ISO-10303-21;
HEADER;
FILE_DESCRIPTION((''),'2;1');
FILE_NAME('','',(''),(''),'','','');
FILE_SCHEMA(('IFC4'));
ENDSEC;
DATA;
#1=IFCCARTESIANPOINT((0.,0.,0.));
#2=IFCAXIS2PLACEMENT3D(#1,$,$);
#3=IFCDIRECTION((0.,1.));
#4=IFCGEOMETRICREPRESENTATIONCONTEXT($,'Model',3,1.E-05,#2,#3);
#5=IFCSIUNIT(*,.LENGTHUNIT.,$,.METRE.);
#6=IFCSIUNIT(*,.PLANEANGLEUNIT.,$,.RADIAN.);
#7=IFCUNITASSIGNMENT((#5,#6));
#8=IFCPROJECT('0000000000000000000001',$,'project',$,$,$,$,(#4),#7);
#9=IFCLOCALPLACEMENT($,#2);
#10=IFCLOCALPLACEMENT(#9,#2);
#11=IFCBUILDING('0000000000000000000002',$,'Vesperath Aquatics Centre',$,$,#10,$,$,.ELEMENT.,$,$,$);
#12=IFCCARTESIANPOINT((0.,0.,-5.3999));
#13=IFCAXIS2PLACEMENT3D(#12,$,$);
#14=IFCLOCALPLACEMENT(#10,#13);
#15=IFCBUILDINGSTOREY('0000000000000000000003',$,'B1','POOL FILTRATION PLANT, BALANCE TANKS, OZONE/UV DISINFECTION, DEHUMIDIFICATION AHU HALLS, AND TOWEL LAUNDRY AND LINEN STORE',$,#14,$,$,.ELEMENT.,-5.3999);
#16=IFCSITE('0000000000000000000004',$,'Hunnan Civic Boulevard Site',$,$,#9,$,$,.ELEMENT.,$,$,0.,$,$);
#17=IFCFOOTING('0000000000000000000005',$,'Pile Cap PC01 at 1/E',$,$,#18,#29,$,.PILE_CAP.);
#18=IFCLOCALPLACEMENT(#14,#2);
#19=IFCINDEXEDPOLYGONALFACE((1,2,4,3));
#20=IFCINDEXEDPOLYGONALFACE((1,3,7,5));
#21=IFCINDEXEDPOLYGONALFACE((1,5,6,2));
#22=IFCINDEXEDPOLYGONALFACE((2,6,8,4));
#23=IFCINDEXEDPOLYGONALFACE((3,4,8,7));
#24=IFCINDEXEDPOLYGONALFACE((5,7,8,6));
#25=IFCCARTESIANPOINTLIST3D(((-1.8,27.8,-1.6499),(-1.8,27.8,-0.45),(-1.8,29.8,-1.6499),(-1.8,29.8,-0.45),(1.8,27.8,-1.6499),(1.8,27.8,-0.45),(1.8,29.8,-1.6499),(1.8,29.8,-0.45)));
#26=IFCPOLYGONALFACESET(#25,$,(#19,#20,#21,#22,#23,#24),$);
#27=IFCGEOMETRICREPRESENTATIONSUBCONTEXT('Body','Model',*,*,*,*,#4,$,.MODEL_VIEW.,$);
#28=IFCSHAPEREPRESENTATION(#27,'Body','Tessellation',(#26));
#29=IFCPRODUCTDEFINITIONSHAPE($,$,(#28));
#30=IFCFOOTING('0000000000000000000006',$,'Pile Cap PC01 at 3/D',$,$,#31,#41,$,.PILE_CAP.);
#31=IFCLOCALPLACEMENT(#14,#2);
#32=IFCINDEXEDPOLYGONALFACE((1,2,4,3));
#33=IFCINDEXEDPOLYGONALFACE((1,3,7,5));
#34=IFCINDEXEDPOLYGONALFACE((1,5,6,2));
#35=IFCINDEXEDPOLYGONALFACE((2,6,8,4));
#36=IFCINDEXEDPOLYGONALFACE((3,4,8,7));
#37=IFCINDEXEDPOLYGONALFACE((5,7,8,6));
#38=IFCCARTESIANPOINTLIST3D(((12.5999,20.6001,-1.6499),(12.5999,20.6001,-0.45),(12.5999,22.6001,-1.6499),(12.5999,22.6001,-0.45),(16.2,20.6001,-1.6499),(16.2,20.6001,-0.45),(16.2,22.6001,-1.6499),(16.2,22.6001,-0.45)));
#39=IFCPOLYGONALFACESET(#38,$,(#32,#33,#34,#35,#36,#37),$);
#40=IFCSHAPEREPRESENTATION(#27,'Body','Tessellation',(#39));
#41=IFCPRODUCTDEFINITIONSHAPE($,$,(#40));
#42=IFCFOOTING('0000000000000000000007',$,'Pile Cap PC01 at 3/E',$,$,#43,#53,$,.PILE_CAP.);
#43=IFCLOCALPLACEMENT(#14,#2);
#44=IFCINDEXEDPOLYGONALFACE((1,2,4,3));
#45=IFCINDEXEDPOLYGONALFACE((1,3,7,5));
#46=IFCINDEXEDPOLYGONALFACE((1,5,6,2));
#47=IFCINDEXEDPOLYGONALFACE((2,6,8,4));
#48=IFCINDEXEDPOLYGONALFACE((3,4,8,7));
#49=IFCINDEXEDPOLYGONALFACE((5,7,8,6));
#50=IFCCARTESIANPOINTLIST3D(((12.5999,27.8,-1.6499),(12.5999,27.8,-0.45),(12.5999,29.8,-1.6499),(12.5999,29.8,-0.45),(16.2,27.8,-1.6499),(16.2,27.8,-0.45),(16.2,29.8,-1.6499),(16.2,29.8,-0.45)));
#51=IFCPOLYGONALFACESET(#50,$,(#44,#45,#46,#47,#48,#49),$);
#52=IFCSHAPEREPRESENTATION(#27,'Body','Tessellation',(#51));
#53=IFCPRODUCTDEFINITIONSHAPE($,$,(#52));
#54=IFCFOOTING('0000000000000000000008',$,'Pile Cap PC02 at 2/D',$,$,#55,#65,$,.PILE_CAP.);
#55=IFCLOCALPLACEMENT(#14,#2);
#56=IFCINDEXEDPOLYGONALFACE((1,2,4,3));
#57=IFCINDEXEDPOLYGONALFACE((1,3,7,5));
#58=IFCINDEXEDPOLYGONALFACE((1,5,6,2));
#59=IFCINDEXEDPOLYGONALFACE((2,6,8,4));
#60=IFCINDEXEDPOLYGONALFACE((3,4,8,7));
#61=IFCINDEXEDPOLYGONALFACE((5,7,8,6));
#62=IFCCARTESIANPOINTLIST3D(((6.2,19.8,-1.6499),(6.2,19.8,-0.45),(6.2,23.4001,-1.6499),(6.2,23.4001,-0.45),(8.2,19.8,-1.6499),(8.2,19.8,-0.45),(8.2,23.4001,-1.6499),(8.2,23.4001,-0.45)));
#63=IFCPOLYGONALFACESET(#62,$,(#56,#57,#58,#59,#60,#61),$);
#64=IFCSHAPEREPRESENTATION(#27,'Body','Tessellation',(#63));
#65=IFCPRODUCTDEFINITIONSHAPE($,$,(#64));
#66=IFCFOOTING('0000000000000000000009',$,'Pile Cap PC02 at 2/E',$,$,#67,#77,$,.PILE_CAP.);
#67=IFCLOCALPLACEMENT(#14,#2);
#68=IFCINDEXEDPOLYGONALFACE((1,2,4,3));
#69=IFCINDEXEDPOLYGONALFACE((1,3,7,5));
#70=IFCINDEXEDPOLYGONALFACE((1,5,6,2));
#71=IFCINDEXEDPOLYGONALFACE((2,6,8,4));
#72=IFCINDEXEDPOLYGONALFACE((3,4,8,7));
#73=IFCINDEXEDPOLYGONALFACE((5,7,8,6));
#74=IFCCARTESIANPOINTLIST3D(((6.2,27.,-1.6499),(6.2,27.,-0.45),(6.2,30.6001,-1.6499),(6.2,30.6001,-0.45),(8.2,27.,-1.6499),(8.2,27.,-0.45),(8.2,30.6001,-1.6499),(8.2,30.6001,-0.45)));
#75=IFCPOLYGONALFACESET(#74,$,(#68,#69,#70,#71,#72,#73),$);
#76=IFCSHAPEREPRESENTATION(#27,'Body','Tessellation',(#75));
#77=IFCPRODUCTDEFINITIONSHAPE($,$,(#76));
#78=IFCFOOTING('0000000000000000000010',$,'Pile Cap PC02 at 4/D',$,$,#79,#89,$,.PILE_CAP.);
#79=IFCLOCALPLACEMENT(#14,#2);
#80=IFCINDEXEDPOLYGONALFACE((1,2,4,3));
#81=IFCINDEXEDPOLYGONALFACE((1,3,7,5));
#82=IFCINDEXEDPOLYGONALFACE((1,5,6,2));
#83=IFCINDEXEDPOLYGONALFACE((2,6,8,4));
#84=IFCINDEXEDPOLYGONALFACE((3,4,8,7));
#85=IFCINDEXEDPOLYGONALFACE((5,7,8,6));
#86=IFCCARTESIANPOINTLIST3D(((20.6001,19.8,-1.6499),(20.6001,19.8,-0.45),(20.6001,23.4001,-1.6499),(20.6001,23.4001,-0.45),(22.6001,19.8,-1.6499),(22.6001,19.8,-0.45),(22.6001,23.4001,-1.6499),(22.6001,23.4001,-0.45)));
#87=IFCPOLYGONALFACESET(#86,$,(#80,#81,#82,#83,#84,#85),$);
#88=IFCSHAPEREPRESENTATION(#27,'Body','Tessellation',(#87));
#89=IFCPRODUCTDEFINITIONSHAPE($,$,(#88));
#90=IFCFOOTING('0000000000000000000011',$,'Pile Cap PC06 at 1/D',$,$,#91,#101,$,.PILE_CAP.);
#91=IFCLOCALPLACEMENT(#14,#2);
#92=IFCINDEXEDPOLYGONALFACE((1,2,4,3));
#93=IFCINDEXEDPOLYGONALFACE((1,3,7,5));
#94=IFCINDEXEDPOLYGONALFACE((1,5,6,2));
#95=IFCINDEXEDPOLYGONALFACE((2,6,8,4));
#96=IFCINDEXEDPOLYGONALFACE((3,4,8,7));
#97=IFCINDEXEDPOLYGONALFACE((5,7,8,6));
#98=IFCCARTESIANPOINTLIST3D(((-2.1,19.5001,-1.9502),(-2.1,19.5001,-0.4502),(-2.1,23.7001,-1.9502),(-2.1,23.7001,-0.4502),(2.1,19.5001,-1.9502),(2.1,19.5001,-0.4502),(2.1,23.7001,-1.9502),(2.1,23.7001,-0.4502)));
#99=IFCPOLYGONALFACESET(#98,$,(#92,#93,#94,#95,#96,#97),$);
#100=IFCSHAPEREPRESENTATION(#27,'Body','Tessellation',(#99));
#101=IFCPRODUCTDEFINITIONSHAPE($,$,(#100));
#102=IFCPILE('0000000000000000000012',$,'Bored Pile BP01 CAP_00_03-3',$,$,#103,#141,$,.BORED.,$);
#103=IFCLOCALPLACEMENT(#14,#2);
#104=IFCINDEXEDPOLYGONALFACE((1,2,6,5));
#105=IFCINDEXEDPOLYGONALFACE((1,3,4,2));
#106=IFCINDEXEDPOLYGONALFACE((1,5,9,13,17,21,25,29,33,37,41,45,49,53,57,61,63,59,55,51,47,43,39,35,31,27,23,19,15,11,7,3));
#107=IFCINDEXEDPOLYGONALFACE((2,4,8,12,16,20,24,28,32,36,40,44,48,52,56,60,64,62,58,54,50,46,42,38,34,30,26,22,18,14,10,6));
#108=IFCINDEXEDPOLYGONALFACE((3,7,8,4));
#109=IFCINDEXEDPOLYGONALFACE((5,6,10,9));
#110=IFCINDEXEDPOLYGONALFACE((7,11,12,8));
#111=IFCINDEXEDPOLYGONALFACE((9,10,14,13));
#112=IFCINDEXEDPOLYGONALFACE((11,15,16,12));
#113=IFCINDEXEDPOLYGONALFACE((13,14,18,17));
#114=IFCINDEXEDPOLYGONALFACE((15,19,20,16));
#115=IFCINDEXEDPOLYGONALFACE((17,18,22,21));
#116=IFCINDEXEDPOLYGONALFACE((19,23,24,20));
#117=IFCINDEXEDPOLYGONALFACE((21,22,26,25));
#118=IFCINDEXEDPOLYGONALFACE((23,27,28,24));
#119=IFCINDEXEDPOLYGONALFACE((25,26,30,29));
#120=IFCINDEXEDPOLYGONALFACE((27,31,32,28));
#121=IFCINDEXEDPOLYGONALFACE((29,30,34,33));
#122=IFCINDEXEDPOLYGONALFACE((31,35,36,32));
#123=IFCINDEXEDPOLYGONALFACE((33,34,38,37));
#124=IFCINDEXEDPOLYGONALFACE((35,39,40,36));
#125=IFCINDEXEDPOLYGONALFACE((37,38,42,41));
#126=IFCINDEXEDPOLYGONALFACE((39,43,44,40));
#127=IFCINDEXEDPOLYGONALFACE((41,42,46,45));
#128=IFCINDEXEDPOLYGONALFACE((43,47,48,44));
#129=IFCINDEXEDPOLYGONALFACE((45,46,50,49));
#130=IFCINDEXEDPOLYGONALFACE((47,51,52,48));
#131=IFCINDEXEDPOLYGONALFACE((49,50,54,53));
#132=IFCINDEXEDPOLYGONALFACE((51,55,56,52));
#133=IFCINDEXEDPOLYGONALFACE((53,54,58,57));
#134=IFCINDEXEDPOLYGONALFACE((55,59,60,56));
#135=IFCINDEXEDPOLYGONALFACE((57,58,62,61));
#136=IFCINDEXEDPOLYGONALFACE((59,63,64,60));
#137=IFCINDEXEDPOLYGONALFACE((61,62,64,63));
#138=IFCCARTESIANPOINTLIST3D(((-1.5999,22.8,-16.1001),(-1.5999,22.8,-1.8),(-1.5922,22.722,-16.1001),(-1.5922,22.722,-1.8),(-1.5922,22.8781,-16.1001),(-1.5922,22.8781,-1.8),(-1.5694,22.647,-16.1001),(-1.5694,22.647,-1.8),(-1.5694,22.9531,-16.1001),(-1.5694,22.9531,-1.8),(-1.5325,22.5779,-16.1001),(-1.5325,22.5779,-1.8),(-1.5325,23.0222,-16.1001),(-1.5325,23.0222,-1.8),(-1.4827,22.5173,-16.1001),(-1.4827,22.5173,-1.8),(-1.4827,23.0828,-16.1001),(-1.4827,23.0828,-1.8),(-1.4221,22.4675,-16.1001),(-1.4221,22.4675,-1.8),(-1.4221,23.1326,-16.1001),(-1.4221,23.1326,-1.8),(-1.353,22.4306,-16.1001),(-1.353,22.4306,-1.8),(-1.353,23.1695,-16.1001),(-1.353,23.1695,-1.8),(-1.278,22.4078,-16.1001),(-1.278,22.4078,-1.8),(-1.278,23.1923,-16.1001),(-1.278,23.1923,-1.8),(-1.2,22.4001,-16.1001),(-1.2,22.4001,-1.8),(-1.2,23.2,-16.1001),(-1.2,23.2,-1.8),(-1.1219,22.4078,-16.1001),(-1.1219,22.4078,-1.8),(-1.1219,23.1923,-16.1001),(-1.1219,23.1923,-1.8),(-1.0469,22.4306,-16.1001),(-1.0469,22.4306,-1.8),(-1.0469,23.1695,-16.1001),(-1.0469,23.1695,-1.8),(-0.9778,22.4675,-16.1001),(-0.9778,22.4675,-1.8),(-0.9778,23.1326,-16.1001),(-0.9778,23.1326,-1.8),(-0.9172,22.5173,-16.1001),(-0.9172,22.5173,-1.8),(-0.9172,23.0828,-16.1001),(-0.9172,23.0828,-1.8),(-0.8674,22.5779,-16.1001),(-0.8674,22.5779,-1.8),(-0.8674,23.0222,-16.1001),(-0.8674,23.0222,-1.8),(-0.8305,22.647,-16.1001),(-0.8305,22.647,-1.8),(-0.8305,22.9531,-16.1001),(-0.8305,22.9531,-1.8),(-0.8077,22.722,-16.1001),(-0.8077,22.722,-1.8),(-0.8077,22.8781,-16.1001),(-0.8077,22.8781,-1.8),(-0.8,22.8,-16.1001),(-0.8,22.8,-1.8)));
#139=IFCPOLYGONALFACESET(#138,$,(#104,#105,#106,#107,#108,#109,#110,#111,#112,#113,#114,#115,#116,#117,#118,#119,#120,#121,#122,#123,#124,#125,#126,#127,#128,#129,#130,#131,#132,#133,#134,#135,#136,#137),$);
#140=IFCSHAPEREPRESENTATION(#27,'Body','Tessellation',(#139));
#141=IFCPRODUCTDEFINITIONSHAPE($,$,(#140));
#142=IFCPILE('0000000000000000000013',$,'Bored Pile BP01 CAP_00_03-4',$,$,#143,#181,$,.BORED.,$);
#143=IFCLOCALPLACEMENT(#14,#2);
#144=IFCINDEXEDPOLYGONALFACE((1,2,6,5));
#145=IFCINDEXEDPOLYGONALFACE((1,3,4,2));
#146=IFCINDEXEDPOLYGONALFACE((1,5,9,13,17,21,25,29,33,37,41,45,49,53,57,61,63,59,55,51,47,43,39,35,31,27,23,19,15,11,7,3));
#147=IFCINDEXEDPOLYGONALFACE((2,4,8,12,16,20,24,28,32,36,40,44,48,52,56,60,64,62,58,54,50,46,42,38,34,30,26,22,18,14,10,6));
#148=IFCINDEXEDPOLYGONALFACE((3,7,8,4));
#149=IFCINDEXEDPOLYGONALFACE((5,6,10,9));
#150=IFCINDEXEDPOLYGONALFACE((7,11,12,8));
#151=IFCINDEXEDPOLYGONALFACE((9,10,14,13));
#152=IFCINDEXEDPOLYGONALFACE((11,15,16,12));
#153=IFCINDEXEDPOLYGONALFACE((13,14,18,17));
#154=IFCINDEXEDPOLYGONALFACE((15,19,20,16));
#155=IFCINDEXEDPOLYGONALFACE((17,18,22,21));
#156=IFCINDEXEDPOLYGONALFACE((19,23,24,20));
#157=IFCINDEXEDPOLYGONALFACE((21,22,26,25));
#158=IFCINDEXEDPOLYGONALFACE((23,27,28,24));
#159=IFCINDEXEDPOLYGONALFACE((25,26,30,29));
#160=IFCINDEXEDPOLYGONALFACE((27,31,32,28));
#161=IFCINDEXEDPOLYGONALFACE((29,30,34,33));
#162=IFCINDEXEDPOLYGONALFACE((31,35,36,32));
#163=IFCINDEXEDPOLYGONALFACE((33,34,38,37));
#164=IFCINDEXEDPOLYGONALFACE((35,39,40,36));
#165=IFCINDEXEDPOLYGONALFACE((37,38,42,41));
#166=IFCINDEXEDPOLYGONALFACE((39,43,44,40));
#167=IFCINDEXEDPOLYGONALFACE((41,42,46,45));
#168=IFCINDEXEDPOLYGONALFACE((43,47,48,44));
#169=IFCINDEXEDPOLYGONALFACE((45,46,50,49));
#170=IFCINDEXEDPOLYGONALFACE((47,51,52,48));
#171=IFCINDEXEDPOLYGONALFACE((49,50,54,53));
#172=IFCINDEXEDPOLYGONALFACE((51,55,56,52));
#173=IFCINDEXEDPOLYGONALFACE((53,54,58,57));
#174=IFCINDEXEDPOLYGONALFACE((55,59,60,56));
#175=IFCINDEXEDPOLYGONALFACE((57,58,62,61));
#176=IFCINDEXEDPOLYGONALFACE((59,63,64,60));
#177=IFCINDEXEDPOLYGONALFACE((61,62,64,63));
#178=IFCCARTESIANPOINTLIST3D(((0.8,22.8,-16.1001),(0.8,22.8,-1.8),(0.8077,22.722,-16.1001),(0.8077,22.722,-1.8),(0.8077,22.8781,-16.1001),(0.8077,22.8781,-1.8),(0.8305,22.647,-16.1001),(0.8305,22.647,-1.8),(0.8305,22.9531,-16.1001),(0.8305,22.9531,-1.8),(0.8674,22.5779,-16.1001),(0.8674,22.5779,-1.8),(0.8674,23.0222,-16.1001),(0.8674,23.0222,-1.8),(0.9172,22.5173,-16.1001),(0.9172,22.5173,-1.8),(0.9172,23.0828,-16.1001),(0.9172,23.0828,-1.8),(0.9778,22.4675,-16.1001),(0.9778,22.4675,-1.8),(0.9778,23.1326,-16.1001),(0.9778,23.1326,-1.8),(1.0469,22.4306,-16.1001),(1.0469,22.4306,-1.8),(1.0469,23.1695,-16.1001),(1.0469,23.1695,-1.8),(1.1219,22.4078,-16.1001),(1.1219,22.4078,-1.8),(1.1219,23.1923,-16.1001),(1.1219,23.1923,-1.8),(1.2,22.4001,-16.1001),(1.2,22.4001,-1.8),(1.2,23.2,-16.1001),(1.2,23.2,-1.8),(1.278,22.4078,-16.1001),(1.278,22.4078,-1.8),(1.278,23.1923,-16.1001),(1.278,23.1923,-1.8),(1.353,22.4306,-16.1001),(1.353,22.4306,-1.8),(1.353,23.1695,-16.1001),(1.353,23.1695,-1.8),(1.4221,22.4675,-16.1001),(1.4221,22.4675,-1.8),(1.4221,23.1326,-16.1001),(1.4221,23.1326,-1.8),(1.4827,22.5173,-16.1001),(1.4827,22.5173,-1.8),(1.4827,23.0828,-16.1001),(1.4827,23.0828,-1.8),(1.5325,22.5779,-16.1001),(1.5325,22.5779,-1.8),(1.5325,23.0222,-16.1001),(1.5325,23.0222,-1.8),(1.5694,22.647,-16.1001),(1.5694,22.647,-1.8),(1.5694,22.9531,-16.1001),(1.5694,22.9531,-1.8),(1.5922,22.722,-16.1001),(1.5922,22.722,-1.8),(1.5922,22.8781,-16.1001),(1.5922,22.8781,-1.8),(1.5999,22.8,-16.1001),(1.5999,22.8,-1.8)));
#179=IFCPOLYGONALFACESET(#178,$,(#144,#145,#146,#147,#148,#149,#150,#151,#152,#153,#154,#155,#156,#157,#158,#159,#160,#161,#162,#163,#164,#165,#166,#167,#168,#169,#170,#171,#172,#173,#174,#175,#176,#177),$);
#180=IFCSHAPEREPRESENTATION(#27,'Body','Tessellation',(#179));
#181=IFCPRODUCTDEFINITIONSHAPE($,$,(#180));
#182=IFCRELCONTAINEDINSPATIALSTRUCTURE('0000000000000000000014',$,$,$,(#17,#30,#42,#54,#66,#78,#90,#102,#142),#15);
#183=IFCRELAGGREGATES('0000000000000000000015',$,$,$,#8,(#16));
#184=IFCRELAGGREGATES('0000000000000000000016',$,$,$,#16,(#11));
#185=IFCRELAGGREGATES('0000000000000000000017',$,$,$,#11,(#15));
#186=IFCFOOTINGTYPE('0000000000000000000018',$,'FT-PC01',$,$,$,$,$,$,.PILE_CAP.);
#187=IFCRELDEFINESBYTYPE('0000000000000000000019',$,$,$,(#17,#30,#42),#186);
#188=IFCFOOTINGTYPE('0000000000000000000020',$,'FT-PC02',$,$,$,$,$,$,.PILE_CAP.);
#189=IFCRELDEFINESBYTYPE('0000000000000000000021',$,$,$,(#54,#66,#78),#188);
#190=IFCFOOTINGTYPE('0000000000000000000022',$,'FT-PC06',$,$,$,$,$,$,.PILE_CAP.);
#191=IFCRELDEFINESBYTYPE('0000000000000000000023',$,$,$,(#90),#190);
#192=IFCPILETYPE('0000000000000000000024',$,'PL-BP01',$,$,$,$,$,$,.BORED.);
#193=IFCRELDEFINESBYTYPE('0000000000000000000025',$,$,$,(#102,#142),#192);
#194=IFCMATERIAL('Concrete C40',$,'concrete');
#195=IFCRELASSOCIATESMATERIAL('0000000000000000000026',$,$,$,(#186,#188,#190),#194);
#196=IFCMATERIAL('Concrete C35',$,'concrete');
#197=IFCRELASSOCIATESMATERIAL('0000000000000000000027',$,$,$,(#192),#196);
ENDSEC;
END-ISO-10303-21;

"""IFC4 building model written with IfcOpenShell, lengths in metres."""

from ifc_helpers import new_model, si_unit, direction, frame, origin, origin_2d, place, context, subcontext, project, spatial, rectangle, circle, extrude, material, material_profile, profile_set, type_object, element, save


model = new_model("IFC4")

# Units and contexts
model_context = context("Model", 3, precision=1e-05, world=origin(), true_north=direction((0.0, 1.0)))
body_context = subcontext(model_context, "Body", "Model", "MODEL_VIEW")
ifc_project = project(units=[si_unit("LENGTHUNIT", "METRE"), si_unit("PLANEANGLEUNIT", "RADIAN")], contexts=[model_context])

# Site, building, storey
site_placement = place(None, origin())
site = spatial("IfcSite", under=ifc_project, at=site_placement, Name="Hunnan Civic Boulevard Site", CompositionType="ELEMENT", RefElevation=0.0)
building_placement = place(site_placement, origin())
building = spatial("IfcBuilding", under=site, at=building_placement, Name="Vesperath Aquatics Centre", CompositionType="ELEMENT")
storey_placement = place(building_placement, frame((0.0, 0.0, -5.3999)))
storey = spatial("IfcBuildingStorey", under=building, at=storey_placement, Name="B1", Description="POOL FILTRATION PLANT, BALANCE TANKS, OZONE/UV DISINFECTION, DEHUMIDIFICATION AHU HALLS, AND TOWEL LAUNDRY AND LINEN STORE", CompositionType="ELEMENT", Elevation=-5.3999)

# Footings
ifc_material_1 = material(Name="Concrete C40", Category="concrete")
footing_type_1 = type_object("IfcFootingType", Name="FT-PC01", PredefinedType="PILE_CAP", material=ifc_material_1)
for number, where, z_axis, x_axis, name in (
    (1, (0.0, 28.8, -1.6499), (0.0, 0.0, 1.0), (1.0, 0.0, 0.0), "Pile Cap PC01 at 1/E"),
    (2, (14.3999, 21.6001, -1.6499), (0.0, 0.0, 1.0), (1.0, 0.0, 0.0), "Pile Cap PC01 at 3/D"),
    (3, (14.3999, 28.8, -1.6499), (0.0, 0.0, 1.0), (1.0, 0.0, 0.0), "Pile Cap PC01 at 3/E"),
):
    element("IfcFooting", number, at=place(storey_placement, frame(where, z_axis=z_axis, x_axis=x_axis)), inside=storey, type_object=footing_type_1, Name=name, PredefinedType="PILE_CAP", context=body_context, shape_type="SweptSolid", body=[
        extrude(rectangle(XDim=3.6001, YDim=2.0, at=origin_2d()), origin(), (0.0, 0.0, 1.0), 1.2),
    ])
footing_type_2 = type_object("IfcFootingType", Name="FT-PC02", PredefinedType="PILE_CAP", material=ifc_material_1)
for number, where, z_axis, x_axis, name in (
    (4, (7.2, 21.6001, -1.6499), (0.0, 0.0, 1.0), (1.0, 0.0, 0.0), "Pile Cap PC02 at 2/D"),
    (5, (7.2, 28.8, -1.6499), (0.0, 0.0, 1.0), (1.0, 0.0, 0.0), "Pile Cap PC02 at 2/E"),
    (6, (21.6001, 21.6001, -1.6499), (0.0, 0.0, 1.0), (1.0, 0.0, 0.0), "Pile Cap PC02 at 4/D"),
):
    element("IfcFooting", number, at=place(storey_placement, frame(where, z_axis=z_axis, x_axis=x_axis)), inside=storey, type_object=footing_type_2, Name=name, PredefinedType="PILE_CAP", context=body_context, shape_type="SweptSolid", body=[
        extrude(rectangle(XDim=2.0, YDim=3.6001, at=origin_2d()), origin(), (0.0, 0.0, 1.0), 1.2),
    ])
footing_type_3 = type_object("IfcFootingType", Name="FT-PC06", PredefinedType="PILE_CAP", material=ifc_material_1)
footing_placement = place(storey_placement, frame((0.0, 21.6001, -1.9502), z_axis=(0.0, 0.0, 1.0), x_axis=(1.0, 0.0, 0.0)))
element("IfcFooting", 7, at=footing_placement, inside=storey, type_object=footing_type_3, Name="Pile Cap PC06 at 1/D", PredefinedType="PILE_CAP", context=body_context, shape_type="SweptSolid", body=[
    extrude(rectangle(XDim=4.2, YDim=4.2, at=origin_2d()), origin(), (0.0, 0.0, 1.0), 1.5),
])

# Piles
ifc_material_2 = material(Name="Concrete C35", Category="concrete")
ifc_material_profile_1 = material_profile(ifc_material_2, circle(Radius=0.3999, at=origin_2d()), Name="PILE D800")
ifc_profile_set_1 = profile_set([ifc_material_profile_1], Name="Concrete C35")
pile_type = type_object("IfcPileType", Name="PL-BP01", PredefinedType="BORED", material=ifc_profile_set_1)
for number, where, z_axis, x_axis, name in (
    (8, (-1.2, 22.8, -1.8), (0.0, 0.0, -1.0), (1.0, 0.0, 0.0), "Bored Pile BP01 CAP_00_03-3"),
    (9, (1.2, 22.8, -1.8), (0.0, 0.0, -1.0), (1.0, 0.0, 0.0), "Bored Pile BP01 CAP_00_03-4"),
):
    element("IfcPile", number, at=place(storey_placement, frame(where, z_axis=z_axis, x_axis=x_axis)), inside=storey, type_object=pile_type, Name=name, PredefinedType="BORED", context=body_context, shape_type="SweptSolid", body=[
        extrude(circle(Radius=0.3999, at=origin_2d()), origin(), (0.0, 0.0, 1.0), 14.3),
    ])

save(model, "model.ifc")
